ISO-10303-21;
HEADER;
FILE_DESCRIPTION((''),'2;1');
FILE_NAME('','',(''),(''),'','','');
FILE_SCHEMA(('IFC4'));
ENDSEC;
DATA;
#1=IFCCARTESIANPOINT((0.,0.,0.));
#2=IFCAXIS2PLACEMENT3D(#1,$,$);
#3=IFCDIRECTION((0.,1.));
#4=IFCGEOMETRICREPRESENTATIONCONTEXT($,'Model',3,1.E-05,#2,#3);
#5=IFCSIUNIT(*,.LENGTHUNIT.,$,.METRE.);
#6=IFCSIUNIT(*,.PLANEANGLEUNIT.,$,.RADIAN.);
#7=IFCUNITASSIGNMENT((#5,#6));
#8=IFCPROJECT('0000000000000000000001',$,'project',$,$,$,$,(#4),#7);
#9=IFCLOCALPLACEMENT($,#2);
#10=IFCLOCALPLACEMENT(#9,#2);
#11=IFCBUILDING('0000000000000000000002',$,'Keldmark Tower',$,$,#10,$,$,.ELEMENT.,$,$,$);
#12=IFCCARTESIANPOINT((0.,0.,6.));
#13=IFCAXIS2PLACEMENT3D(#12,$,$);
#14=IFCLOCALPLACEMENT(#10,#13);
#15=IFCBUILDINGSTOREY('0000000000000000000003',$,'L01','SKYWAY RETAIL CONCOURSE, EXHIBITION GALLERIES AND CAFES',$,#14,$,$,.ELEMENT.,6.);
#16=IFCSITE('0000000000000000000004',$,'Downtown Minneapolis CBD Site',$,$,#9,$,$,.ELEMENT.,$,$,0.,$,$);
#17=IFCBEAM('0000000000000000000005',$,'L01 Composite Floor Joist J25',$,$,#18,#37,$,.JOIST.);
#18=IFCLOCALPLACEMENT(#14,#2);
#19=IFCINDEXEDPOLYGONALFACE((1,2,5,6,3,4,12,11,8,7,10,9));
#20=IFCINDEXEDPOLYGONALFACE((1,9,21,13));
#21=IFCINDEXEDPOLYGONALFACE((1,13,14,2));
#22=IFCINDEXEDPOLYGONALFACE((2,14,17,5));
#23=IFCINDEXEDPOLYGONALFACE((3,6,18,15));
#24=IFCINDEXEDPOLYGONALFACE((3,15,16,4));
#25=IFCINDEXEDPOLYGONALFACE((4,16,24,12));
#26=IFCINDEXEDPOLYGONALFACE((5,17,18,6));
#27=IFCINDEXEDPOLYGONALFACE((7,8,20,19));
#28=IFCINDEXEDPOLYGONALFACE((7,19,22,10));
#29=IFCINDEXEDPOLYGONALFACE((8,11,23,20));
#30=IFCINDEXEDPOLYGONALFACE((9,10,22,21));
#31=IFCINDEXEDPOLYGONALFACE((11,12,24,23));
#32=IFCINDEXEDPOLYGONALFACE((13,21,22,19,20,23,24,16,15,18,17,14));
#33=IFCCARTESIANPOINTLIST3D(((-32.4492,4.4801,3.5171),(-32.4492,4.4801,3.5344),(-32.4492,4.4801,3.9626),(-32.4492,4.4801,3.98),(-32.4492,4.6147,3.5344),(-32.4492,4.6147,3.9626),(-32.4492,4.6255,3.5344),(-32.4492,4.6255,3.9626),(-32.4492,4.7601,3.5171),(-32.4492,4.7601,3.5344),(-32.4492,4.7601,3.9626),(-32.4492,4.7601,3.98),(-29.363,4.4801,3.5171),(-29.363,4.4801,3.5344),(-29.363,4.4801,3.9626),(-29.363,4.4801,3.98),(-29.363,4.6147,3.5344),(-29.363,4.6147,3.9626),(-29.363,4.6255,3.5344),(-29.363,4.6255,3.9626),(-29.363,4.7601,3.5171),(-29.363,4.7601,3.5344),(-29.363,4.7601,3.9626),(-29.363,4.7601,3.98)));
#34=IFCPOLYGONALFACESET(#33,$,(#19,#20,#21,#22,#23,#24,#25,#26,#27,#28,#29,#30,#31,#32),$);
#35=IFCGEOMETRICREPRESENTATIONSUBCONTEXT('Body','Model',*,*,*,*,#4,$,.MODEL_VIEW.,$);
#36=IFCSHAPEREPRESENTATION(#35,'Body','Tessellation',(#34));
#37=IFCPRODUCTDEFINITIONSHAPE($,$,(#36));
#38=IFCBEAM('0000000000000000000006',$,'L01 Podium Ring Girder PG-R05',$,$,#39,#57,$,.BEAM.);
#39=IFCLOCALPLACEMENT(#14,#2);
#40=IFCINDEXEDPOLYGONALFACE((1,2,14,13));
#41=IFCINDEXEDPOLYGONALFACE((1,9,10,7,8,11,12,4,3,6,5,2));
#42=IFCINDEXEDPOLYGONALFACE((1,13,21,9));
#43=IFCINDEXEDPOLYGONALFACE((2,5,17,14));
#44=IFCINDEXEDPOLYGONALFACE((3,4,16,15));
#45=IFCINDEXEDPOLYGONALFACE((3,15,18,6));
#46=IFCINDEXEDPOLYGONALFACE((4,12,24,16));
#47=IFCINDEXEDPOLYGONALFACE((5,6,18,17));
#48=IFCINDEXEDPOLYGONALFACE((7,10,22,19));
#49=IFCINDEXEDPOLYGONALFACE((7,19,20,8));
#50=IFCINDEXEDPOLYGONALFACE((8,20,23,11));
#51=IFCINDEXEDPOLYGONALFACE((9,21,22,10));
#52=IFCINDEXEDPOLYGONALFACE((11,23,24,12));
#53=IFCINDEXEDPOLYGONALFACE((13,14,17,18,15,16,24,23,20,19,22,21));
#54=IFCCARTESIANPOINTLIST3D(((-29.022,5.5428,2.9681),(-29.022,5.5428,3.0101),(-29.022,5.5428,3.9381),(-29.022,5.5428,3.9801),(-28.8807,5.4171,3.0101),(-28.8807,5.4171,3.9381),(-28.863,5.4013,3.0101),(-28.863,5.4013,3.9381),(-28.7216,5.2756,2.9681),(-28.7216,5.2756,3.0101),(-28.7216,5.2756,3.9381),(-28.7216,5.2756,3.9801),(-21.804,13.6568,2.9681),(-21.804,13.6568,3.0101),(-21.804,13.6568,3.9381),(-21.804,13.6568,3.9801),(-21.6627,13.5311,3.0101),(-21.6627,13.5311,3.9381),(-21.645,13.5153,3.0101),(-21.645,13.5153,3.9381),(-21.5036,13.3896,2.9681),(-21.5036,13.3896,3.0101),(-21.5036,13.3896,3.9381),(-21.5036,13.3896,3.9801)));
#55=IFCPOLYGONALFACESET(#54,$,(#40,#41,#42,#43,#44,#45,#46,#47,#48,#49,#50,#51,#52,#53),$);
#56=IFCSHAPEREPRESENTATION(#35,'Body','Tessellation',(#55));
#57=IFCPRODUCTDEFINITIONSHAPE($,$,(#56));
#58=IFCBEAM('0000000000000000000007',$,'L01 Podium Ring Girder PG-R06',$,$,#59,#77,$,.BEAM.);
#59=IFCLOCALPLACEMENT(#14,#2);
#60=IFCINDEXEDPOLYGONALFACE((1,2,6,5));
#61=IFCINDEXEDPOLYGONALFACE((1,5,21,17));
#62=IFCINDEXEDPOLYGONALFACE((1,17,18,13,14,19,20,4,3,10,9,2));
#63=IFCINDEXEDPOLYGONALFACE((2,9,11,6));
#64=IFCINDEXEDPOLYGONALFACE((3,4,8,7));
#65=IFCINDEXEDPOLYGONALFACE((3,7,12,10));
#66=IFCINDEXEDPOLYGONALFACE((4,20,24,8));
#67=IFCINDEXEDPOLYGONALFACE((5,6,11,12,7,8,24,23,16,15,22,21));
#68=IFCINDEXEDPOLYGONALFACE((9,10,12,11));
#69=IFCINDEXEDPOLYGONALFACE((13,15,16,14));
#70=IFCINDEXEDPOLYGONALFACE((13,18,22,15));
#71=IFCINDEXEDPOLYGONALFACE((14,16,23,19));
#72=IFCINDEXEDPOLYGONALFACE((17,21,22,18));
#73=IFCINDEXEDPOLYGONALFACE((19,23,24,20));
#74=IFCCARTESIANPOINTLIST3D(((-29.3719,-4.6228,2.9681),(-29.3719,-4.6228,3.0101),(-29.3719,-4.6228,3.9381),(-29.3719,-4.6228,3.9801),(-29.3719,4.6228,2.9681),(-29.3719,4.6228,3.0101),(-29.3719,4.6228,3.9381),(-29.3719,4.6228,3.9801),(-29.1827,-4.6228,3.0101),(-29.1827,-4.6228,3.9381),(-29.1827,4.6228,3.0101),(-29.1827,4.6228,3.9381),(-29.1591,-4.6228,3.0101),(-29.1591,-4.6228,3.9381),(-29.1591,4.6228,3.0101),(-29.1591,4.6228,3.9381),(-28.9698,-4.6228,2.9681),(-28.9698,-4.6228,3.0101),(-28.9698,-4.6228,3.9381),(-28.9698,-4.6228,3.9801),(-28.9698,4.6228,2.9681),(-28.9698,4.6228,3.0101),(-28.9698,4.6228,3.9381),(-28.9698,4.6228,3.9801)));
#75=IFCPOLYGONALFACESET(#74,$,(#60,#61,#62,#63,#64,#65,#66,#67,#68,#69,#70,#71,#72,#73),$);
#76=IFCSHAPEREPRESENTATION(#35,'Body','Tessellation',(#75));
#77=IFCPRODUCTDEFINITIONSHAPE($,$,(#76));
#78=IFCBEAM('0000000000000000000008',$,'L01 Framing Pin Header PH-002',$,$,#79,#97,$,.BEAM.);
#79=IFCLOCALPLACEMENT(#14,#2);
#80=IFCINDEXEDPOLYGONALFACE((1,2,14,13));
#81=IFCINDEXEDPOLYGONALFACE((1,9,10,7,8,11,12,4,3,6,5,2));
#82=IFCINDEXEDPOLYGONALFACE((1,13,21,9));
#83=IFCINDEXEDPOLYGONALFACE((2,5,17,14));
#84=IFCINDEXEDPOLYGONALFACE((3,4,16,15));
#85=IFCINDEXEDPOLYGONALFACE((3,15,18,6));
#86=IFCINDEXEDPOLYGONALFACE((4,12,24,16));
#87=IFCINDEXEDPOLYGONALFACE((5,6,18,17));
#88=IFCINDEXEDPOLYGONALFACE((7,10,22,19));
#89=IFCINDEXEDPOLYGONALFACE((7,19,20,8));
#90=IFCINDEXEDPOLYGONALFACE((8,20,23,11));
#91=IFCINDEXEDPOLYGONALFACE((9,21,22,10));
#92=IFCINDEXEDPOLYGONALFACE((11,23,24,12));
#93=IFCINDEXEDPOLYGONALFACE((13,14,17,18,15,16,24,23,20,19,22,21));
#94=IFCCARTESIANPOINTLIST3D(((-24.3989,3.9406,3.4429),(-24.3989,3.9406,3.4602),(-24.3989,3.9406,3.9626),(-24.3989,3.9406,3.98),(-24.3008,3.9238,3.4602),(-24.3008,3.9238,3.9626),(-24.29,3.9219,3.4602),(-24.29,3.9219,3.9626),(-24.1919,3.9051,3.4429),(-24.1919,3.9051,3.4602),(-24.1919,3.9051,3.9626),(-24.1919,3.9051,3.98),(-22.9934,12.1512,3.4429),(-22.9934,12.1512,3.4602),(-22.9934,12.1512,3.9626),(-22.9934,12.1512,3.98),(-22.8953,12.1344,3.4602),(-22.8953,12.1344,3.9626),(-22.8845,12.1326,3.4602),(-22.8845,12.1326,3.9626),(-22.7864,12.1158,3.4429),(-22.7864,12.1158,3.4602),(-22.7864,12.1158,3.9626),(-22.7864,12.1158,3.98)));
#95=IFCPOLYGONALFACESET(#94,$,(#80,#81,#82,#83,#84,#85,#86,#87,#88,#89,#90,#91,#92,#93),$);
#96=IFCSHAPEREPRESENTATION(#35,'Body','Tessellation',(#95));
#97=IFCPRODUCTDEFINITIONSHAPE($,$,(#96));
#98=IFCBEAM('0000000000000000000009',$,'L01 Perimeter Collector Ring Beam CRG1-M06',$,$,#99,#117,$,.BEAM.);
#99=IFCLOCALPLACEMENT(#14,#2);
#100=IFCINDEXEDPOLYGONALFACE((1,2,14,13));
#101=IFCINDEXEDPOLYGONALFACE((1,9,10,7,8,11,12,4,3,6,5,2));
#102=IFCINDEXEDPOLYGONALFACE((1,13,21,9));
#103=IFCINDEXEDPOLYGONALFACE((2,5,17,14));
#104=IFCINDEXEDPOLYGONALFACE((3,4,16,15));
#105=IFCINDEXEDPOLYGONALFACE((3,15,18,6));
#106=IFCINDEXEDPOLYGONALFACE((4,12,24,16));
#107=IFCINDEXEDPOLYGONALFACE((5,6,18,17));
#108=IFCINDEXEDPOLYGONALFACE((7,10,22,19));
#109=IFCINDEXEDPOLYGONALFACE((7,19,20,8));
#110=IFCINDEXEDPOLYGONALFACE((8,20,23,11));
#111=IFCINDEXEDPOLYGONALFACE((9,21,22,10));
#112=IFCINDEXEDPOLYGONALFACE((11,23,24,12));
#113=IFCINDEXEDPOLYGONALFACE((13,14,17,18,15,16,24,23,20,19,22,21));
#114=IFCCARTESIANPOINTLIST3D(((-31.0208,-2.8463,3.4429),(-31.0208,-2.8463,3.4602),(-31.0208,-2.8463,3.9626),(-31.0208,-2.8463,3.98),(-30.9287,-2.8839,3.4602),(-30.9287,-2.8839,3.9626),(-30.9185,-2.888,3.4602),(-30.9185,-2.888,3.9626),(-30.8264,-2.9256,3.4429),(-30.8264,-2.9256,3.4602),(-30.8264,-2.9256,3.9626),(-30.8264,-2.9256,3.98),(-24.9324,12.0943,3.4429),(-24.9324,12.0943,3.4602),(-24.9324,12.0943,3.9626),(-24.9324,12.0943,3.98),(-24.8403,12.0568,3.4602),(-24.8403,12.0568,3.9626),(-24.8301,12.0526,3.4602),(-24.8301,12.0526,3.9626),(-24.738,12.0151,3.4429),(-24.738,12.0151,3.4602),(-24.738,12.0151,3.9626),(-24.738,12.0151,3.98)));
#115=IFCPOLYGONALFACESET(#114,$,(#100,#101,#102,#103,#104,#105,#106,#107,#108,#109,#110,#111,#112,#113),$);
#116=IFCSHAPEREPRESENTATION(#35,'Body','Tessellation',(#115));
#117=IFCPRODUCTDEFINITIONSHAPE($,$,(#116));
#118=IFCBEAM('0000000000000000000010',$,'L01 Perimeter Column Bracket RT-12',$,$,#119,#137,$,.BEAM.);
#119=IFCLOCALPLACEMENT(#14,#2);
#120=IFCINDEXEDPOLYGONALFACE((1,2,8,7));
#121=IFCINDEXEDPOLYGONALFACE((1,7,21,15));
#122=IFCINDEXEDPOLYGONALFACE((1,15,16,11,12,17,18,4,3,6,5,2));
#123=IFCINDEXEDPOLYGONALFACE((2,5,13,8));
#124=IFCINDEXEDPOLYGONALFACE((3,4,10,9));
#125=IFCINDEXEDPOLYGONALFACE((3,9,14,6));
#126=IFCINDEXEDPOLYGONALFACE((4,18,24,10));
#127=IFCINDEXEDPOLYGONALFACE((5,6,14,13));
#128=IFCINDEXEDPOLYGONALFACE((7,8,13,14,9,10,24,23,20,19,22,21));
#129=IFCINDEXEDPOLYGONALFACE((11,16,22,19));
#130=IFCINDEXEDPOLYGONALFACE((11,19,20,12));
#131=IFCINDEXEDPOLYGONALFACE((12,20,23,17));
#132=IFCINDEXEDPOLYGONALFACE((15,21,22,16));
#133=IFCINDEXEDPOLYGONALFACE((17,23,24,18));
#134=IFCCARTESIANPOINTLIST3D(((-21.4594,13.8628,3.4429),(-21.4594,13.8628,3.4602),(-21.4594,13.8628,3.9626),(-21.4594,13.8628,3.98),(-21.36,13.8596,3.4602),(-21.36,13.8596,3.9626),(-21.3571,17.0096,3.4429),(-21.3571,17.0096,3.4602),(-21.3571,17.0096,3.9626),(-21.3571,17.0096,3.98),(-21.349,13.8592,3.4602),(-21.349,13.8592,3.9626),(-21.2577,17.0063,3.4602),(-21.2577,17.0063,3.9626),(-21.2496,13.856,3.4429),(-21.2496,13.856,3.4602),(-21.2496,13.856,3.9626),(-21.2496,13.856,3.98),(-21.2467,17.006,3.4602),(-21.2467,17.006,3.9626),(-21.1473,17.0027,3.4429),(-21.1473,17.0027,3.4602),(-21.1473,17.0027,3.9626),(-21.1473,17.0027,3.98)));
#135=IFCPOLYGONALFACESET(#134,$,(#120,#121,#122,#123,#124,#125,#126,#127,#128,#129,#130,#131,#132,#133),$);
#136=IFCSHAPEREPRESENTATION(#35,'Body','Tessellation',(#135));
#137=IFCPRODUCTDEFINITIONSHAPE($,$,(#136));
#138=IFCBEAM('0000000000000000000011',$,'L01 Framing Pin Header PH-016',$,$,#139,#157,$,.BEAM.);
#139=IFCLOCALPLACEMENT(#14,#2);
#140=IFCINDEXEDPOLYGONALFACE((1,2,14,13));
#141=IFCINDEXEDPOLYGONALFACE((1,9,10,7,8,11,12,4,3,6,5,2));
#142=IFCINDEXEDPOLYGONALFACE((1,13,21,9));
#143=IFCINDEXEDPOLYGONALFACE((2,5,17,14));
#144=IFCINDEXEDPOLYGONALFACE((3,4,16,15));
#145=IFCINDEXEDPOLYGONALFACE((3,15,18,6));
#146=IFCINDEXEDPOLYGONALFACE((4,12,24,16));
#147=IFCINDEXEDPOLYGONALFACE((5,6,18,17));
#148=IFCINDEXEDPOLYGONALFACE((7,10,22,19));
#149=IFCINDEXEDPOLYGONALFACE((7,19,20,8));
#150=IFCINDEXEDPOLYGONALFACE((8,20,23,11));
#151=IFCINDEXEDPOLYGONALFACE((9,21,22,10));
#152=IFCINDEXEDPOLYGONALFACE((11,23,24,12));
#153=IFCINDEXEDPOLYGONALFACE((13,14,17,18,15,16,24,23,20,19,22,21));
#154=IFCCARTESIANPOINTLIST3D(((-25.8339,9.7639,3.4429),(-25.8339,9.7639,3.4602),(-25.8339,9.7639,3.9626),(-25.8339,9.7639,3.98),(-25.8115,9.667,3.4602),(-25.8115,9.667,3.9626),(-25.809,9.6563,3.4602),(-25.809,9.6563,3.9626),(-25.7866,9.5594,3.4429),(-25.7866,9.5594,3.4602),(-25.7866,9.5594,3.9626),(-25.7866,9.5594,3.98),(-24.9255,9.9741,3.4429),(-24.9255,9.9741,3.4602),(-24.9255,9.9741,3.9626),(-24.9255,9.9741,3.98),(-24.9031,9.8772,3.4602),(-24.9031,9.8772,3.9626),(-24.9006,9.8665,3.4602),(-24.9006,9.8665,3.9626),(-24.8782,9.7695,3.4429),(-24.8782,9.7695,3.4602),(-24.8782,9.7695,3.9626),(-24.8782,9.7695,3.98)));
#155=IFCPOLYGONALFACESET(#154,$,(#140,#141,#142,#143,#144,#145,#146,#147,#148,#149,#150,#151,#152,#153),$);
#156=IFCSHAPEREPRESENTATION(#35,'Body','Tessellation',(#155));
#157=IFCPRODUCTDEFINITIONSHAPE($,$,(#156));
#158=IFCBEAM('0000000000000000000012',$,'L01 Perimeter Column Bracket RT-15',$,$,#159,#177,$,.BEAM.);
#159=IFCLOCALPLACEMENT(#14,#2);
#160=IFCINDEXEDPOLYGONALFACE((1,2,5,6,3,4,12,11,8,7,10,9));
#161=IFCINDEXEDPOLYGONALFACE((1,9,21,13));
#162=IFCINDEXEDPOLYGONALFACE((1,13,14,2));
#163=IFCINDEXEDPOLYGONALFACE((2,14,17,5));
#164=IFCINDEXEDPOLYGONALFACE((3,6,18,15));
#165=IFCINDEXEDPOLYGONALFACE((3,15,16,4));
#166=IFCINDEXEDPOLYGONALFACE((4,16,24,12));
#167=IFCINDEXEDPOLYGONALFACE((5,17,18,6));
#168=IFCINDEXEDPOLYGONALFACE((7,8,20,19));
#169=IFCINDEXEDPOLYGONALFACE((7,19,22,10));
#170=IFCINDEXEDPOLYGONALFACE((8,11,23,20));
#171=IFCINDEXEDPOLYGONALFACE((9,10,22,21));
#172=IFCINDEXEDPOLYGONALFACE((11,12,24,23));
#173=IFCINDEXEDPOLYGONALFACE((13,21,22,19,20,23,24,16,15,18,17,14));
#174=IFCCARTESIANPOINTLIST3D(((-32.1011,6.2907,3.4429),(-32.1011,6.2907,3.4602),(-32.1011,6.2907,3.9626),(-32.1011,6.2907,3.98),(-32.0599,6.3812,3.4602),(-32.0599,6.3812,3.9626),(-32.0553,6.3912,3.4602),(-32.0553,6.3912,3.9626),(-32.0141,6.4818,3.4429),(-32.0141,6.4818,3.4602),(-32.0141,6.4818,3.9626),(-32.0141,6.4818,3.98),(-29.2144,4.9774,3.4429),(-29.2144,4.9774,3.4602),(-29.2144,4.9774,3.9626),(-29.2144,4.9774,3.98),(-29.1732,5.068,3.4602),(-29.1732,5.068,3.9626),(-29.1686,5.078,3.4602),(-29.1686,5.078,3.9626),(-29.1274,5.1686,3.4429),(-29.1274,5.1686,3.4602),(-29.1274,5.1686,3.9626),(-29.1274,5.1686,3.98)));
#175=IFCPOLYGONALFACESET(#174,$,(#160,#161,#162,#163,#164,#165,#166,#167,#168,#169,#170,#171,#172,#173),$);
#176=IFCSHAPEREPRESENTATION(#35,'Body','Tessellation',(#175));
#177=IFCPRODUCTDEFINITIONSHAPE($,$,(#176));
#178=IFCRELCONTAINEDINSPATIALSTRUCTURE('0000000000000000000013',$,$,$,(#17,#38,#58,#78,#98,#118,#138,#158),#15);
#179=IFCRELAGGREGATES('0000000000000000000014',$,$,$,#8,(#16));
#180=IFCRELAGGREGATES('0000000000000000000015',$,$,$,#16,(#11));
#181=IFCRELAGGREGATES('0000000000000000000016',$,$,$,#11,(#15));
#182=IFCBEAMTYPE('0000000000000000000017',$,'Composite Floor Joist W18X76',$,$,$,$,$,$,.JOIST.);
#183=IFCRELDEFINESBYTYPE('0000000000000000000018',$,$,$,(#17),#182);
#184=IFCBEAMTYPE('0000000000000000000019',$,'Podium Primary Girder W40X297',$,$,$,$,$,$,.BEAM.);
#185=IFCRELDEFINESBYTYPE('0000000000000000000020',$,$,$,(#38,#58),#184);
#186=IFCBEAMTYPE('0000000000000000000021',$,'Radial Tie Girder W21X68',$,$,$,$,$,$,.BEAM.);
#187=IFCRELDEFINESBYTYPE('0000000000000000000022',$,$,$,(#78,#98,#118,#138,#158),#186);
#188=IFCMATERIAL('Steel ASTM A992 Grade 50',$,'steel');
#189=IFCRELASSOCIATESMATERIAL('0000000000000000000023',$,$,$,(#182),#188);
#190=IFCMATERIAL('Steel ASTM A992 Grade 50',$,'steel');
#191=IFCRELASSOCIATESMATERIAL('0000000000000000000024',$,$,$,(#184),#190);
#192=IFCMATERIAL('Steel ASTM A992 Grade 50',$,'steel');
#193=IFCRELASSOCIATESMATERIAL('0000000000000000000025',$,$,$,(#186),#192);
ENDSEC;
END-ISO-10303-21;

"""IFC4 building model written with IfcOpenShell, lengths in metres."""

from ifc_helpers import new_model, si_unit, direction, frame, origin, origin_2d, place, context, subcontext, project, spatial, i_section, extrude, material, material_profile, profile_set, type_object, element, save


model = new_model("IFC4")

# Units and contexts
model_context = context("Model", 3, precision=1e-05, world=origin(), true_north=direction((0.0, 1.0)))
body_context = subcontext(model_context, "Body", "Model", "MODEL_VIEW")
ifc_project = project(units=[si_unit("LENGTHUNIT", "METRE"), si_unit("PLANEANGLEUNIT", "RADIAN")], contexts=[model_context])

# Site, building, storey
site_placement = place(None, origin())
site = spatial("IfcSite", under=ifc_project, at=site_placement, Name="Downtown Minneapolis CBD Site", CompositionType="ELEMENT", RefElevation=0.0)
building_placement = place(site_placement, origin())
building = spatial("IfcBuilding", under=site, at=building_placement, Name="Keldmark Tower", CompositionType="ELEMENT")
storey_placement = place(building_placement, frame((0.0, 0.0, 6.0)))
storey = spatial("IfcBuildingStorey", under=building, at=storey_placement, Name="L01", Description="SKYWAY RETAIL CONCOURSE, EXHIBITION GALLERIES AND CAFES", CompositionType="ELEMENT", Elevation=6.0)

# Beams
ifc_material_1 = material(Name="Steel ASTM A992 Grade 50", Category="steel")
ifc_material_profile_1 = material_profile(ifc_material_1, i_section(OverallWidth=0.28, OverallDepth=0.4629, WebThickness=0.0107, FlangeThickness=0.0173, at=origin_2d()), Name="W18X76")
ifc_profile_set_1 = profile_set([ifc_material_profile_1], Name="Steel ASTM A992 Grade 50")
beam_type_1 = type_object("IfcBeamType", Name="Composite Floor Joist W18X76", PredefinedType="JOIST", material=ifc_profile_set_1)
beam_1_placement = place(storey_placement, frame((-32.4492, 4.6201, 3.7485), z_axis=(1.0, 0.0, 0.0), x_axis=(0.0, 1.0, 0.0)))
element("IfcBeam", 1, at=beam_1_placement, inside=storey, type_object=beam_type_1, Name="L01 Composite Floor Joist J25", PredefinedType="JOIST", context=body_context, shape_type="SweptSolid", body=[
    extrude(i_section(OverallWidth=0.28, OverallDepth=0.4629, WebThickness=0.0107, FlangeThickness=0.0173, at=origin_2d()), origin(), (0.0, 0.0, 1.0), 3.0862),
])
ifc_material_2 = material(Name="Steel ASTM A992 Grade 50", Category="steel")
ifc_material_profile_2 = material_profile(ifc_material_2, i_section(OverallWidth=0.4021, OverallDepth=1.012, WebThickness=0.0237, FlangeThickness=0.042, at=origin_2d()), Name="W40X297")
ifc_profile_set_2 = profile_set([ifc_material_profile_2], Name="Steel ASTM A992 Grade 50")
beam_type_2 = type_object("IfcBeamType", Name="Podium Primary Girder W40X297", PredefinedType="BEAM", material=ifc_profile_set_2)
beam_2_placement = place(storey_placement, frame((-21.6538, 13.5232, 3.4741), z_axis=(-0.66465, -0.747155, 0.0), x_axis=(0.747155, -0.66465, 0.0)))
element("IfcBeam", 2, at=beam_2_placement, inside=storey, type_object=beam_type_2, Name="L01 Podium Ring Girder PG-R05", PredefinedType="BEAM", context=body_context, shape_type="SweptSolid", body=[
    extrude(i_section(OverallWidth=0.4021, OverallDepth=1.012, WebThickness=0.0237, FlangeThickness=0.042, at=origin_2d()), origin(), (0.0, 0.0, 1.0), 10.8599),
])
beam_3_placement = place(storey_placement, frame((-29.1709, 4.6228, 3.4741), z_axis=(0.0, -1.0, 0.0), x_axis=(1.0, 0.0, 0.0)))
element("IfcBeam", 3, at=beam_3_placement, inside=storey, type_object=beam_type_2, Name="L01 Podium Ring Girder PG-R06", PredefinedType="BEAM", context=body_context, shape_type="SweptSolid", body=[
    extrude(i_section(OverallWidth=0.4021, OverallDepth=1.012, WebThickness=0.0237, FlangeThickness=0.042, at=origin_2d()), origin(), (0.0, 0.0, 1.0), 9.2456),
])
ifc_material_3 = material(Name="Steel ASTM A992 Grade 50", Category="steel")
ifc_material_profile_3 = material_profile(ifc_material_3, i_section(OverallWidth=0.21, OverallDepth=0.5371, WebThickness=0.011, FlangeThickness=0.0173, at=origin_2d()), Name="W21X68")
ifc_profile_set_3 = profile_set([ifc_material_profile_3], Name="Steel ASTM A992 Grade 50")
beam_type_3 = type_object("IfcBeamType", Name="Radial Tie Girder W21X68", PredefinedType="BEAM", material=ifc_profile_set_3)
beam_4_placement = place(storey_placement, frame((-24.2954, 3.9229, 3.7114), z_axis=(0.168727, 0.985663, 0.0), x_axis=(-0.985663, 0.168727, 0.0)))
element("IfcBeam", 4, at=beam_4_placement, inside=storey, type_object=beam_type_3, Name="L01 Framing Pin Header PH-002", PredefinedType="BEAM", context=body_context, shape_type="SweptSolid", body=[
    extrude(i_section(OverallWidth=0.21, OverallDepth=0.5371, WebThickness=0.011, FlangeThickness=0.0173, at=origin_2d()), origin(), (0.0, 0.0, 1.0), 8.3301),
])
beam_5_placement = place(storey_placement, frame((-24.8352, 12.0547, 3.7114), z_axis=(-0.377373, -0.926061, 0.0), x_axis=(0.926061, -0.377373, 0.0)))
element("IfcBeam", 5, at=beam_5_placement, inside=storey, type_object=beam_type_3, Name="L01 Perimeter Collector Ring Beam CRG1-M06", PredefinedType="BEAM", context=body_context, shape_type="SweptSolid", body=[
    extrude(i_section(OverallWidth=0.21, OverallDepth=0.5371, WebThickness=0.011, FlangeThickness=0.0173, at=origin_2d()), origin(), (0.0, 0.0, 1.0), 16.1335),
])
beam_6_placement = place(storey_placement, frame((-21.3545, 13.8594, 3.7114), z_axis=(0.032491, 0.999472, 0.0), x_axis=(-0.999472, 0.032491, 0.0)))
element("IfcBeam", 6, at=beam_6_placement, inside=storey, type_object=beam_type_3, Name="L01 Perimeter Column Bracket RT-12", PredefinedType="BEAM", context=body_context, shape_type="SweptSolid", body=[
    extrude(i_section(OverallWidth=0.21, OverallDepth=0.5371, WebThickness=0.011, FlangeThickness=0.0173, at=origin_2d()), origin(), (0.0, 0.0, 1.0), 3.1484),
])
beam_7_placement = place(storey_placement, frame((-24.9019, 9.8718, 3.7114), z_axis=(-0.974259, -0.225433, 0.0), x_axis=(0.225433, -0.974259, 0.0)))
element("IfcBeam", 7, at=beam_7_placement, inside=storey, type_object=beam_type_3, Name="L01 Framing Pin Header PH-016", PredefinedType="BEAM", context=body_context, shape_type="SweptSolid", body=[
    extrude(i_section(OverallWidth=0.21, OverallDepth=0.5371, WebThickness=0.011, FlangeThickness=0.0173, at=origin_2d()), origin(), (0.0, 0.0, 1.0), 0.9324),
])
beam_8_placement = place(storey_placement, frame((-29.1709, 5.073, 3.7114), z_axis=(-0.910237, 0.414087, 0.0), x_axis=(-0.414087, -0.910237, 0.0)))
element("IfcBeam", 8, at=beam_8_placement, inside=storey, type_object=beam_type_3, Name="L01 Perimeter Column Bracket RT-15", PredefinedType="BEAM", context=body_context, shape_type="SweptSolid", body=[
    extrude(i_section(OverallWidth=0.21, OverallDepth=0.5371, WebThickness=0.011, FlangeThickness=0.0173, at=origin_2d()), origin(), (0.0, 0.0, 1.0), 3.1714),
])

save(model, "model.ifc")
